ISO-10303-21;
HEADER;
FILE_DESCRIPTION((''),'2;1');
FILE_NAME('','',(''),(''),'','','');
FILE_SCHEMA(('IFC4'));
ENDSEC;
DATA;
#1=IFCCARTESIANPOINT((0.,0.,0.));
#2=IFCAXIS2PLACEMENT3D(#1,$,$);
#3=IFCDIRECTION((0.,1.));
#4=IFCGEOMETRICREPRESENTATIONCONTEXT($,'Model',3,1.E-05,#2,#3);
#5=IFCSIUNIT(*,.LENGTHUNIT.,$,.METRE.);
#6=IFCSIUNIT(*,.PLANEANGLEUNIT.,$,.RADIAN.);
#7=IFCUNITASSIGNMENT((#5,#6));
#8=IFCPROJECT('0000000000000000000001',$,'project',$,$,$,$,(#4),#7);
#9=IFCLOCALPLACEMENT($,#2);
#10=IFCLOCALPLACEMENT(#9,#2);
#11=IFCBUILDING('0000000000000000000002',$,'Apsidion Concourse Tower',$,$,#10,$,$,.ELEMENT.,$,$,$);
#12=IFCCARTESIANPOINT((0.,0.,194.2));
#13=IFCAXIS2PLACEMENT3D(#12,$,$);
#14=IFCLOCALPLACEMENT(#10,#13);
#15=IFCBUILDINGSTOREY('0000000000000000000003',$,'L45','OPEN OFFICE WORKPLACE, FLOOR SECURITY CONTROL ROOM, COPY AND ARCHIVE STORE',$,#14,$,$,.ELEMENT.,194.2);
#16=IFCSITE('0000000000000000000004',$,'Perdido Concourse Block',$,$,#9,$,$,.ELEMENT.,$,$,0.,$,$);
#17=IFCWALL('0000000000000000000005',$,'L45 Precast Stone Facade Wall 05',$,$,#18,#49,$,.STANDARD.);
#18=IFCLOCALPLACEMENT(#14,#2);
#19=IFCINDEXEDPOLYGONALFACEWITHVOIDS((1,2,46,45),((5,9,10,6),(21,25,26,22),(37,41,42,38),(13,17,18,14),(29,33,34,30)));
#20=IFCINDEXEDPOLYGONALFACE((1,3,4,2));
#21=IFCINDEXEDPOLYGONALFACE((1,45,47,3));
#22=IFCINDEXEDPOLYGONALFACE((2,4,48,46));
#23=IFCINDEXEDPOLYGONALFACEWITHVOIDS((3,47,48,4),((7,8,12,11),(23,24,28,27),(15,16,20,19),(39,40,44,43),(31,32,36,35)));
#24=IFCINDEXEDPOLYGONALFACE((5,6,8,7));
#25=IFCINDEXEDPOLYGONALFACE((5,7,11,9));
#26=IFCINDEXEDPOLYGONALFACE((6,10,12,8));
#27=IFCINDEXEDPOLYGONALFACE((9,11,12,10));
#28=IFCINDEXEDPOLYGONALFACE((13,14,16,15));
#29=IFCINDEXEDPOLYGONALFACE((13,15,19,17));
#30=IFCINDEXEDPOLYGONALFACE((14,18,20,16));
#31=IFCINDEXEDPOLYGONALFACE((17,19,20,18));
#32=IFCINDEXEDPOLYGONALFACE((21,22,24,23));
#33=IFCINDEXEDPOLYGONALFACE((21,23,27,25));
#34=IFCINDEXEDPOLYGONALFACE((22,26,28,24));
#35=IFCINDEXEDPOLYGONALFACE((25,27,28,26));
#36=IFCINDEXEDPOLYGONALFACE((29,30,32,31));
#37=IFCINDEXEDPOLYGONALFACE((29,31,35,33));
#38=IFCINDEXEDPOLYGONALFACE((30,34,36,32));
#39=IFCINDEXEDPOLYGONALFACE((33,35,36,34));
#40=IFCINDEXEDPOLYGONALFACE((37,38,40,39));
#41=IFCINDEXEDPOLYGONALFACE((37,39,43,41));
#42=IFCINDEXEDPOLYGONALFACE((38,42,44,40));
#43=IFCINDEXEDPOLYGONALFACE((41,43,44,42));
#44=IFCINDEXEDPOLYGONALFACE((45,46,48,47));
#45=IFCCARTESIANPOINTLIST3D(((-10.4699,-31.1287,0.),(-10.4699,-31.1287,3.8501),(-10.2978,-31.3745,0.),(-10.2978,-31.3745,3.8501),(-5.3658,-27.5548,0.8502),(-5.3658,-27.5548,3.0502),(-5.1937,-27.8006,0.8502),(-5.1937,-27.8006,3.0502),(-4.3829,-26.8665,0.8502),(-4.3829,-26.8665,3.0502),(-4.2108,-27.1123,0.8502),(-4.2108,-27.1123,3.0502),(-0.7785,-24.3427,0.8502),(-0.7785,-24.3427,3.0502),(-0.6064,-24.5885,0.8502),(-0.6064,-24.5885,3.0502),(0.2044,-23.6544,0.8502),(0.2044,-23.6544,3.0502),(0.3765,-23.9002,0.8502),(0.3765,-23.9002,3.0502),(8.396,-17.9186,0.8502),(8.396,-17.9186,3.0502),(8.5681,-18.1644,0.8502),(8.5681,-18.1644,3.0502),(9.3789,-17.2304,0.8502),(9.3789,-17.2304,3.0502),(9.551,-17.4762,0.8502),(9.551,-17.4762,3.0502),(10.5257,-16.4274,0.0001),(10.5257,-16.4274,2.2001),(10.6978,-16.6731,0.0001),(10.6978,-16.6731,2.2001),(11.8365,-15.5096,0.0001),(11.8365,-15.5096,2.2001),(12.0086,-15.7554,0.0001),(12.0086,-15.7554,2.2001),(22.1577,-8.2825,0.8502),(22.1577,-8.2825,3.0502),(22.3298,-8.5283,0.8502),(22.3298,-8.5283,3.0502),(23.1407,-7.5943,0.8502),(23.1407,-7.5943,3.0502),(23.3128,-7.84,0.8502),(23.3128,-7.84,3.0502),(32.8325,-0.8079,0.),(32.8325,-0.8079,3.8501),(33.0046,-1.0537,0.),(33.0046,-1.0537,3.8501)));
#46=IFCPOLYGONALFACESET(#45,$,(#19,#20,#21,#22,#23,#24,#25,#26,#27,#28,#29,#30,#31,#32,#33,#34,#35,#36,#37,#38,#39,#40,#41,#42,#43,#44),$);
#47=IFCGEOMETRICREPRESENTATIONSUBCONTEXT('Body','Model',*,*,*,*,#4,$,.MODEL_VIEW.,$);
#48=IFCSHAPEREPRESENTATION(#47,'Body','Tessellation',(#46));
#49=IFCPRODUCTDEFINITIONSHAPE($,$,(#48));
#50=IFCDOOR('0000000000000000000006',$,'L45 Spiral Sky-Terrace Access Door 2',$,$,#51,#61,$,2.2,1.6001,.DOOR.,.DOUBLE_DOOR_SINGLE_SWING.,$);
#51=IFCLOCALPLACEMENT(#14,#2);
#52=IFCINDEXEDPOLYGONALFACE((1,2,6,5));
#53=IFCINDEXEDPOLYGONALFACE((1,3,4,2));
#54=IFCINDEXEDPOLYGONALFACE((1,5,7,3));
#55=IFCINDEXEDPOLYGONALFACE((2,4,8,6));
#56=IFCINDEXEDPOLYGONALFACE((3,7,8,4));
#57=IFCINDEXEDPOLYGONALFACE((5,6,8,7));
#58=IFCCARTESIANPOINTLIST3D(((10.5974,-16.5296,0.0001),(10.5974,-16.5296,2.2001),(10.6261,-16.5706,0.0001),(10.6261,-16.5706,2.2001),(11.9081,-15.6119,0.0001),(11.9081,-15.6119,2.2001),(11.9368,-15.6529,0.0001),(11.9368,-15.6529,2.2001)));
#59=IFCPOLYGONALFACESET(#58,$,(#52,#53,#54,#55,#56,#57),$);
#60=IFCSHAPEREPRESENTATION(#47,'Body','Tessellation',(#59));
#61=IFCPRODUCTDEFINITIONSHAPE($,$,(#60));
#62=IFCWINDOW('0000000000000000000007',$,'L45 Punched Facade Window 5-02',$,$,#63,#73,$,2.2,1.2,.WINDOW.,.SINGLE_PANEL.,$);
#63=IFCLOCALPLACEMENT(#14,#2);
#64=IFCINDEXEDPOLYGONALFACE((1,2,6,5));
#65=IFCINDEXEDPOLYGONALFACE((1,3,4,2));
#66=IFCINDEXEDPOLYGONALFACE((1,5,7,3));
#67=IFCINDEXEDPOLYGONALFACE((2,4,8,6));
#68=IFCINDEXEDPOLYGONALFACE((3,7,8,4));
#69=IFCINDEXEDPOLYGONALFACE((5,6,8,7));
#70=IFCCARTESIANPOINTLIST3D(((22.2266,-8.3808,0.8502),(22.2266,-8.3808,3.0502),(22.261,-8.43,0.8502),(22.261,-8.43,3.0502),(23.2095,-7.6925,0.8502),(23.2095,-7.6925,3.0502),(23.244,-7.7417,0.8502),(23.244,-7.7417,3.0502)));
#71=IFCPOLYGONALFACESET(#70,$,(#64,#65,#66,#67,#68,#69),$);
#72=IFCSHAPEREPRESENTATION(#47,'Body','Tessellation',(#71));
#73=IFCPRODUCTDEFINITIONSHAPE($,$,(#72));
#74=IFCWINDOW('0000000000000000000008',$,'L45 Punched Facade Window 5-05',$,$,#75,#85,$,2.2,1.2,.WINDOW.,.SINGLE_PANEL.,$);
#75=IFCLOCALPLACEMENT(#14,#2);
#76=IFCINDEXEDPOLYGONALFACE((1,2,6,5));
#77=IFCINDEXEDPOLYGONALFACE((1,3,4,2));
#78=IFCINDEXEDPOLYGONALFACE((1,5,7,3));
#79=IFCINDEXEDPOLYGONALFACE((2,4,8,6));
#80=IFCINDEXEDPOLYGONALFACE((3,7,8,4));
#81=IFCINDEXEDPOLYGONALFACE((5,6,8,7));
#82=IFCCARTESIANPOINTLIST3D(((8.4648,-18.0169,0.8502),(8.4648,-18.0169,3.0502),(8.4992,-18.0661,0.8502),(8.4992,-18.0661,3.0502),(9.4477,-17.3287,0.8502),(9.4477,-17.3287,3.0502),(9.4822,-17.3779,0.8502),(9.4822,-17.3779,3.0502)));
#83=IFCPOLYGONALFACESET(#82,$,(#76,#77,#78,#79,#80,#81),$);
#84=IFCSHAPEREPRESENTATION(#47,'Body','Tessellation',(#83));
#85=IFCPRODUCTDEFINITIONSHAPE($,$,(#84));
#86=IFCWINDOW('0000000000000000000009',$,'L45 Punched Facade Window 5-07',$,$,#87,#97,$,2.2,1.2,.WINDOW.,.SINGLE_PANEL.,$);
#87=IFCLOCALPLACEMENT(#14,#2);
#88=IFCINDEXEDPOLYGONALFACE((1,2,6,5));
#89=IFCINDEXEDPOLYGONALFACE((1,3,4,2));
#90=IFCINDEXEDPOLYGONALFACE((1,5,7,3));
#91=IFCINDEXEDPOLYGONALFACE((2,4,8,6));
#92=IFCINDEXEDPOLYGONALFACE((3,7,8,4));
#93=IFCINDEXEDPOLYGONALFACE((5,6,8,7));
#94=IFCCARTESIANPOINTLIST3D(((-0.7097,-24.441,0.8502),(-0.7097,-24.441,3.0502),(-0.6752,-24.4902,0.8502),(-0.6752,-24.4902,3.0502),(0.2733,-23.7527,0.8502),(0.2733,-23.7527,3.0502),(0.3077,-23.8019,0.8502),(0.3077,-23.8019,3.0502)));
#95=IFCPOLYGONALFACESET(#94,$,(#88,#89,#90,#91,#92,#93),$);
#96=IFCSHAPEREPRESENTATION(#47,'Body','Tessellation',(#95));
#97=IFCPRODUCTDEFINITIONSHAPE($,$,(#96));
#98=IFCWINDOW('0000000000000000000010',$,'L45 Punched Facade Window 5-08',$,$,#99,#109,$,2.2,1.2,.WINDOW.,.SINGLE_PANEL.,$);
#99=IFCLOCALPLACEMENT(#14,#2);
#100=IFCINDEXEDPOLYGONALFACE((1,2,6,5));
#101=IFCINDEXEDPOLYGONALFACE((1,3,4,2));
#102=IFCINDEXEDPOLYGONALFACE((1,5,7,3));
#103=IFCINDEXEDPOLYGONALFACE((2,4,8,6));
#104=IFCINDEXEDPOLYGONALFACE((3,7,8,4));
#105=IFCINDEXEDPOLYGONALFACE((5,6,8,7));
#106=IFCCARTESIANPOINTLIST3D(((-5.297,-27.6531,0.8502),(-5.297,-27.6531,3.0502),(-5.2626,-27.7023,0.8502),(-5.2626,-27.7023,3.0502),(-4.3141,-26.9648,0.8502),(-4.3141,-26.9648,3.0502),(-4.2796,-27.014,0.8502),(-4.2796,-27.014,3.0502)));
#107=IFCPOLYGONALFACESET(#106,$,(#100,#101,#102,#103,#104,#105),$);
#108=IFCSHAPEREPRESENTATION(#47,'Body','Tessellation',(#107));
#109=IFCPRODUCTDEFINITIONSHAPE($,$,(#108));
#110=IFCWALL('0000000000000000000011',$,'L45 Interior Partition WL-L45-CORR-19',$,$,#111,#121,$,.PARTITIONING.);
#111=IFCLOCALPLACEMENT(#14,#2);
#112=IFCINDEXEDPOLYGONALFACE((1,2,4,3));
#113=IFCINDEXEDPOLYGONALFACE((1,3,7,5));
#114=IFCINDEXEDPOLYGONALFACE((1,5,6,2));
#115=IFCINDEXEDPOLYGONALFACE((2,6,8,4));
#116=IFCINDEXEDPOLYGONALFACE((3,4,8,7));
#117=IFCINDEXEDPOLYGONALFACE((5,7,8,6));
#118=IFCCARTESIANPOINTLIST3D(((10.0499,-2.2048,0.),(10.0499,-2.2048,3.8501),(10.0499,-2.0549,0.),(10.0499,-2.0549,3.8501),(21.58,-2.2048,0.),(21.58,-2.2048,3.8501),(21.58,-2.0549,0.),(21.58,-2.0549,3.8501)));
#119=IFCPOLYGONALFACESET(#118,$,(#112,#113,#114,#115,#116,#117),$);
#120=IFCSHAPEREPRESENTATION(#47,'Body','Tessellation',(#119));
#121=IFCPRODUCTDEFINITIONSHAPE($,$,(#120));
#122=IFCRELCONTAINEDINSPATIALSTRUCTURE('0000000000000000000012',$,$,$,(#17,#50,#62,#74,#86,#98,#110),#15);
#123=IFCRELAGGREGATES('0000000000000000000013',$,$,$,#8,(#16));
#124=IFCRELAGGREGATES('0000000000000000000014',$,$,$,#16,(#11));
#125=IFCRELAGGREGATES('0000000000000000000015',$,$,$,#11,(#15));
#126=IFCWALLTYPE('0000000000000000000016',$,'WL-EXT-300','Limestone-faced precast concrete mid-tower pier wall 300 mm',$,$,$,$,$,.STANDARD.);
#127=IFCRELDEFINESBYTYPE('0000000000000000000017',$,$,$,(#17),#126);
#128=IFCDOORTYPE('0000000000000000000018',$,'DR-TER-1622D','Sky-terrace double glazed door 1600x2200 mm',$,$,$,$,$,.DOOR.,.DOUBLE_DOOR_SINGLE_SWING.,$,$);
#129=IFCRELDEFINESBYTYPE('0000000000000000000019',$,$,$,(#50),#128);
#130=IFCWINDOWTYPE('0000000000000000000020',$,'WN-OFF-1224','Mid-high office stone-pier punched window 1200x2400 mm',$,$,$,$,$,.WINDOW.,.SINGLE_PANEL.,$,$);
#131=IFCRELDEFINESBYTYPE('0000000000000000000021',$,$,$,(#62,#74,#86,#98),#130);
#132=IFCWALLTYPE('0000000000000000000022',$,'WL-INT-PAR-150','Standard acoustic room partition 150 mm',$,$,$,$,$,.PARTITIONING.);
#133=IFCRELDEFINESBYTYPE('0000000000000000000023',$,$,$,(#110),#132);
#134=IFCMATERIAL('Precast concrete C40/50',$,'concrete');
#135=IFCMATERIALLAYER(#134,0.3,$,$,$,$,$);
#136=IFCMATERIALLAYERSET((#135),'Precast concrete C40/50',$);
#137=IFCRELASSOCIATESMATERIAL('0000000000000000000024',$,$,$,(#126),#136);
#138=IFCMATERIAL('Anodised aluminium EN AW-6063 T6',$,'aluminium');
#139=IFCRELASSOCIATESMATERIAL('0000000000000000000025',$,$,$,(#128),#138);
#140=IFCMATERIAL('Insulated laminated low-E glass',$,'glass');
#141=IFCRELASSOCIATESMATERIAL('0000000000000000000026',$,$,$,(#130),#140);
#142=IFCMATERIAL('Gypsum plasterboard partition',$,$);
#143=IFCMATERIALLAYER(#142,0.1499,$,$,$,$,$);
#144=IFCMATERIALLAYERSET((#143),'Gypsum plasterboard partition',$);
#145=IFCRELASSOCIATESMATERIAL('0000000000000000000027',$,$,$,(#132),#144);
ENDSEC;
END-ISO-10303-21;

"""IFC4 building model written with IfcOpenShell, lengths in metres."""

from ifc_helpers import new_model, si_unit, direction, frame, frame_2d, origin, place, context, subcontext, project, spatial, rectangle, extrude, material, layer, layer_set, type_object, element, fill, save


model = new_model("IFC4")

# Units and contexts
model_context = context("Model", 3, precision=1e-05, world=origin(), true_north=direction((0.0, 1.0)))
body_context = subcontext(model_context, "Body", "Model", "MODEL_VIEW")
ifc_project = project(units=[si_unit("LENGTHUNIT", "METRE"), si_unit("PLANEANGLEUNIT", "RADIAN")], contexts=[model_context])

# Site, building, storey
site_placement = place(None, origin())
site = spatial("IfcSite", under=ifc_project, at=site_placement, Name="Perdido Concourse Block", CompositionType="ELEMENT", RefElevation=0.0)
building_placement = place(site_placement, origin())
building = spatial("IfcBuilding", under=site, at=building_placement, Name="Apsidion Concourse Tower", CompositionType="ELEMENT")
storey_placement = place(building_placement, frame((0.0, 0.0, 194.2)))
storey = spatial("IfcBuildingStorey", under=building, at=storey_placement, Name="L45", Description="OPEN OFFICE WORKPLACE, FLOOR SECURITY CONTROL ROOM, COPY AND ARCHIVE STORE", CompositionType="ELEMENT", Elevation=194.2)

# Wall, openings, door, windows
ifc_material_1 = material(Name="Precast concrete C40/50", Category="concrete")
ifc_layer_1 = layer(ifc_material_1, 0.3)
ifc_layer_set_1 = layer_set([ifc_layer_1], Name="Precast concrete C40/50")
wall_type_1 = type_object("IfcWallType", Name="WL-EXT-300", Description="Limestone-faced precast concrete mid-tower pier wall 300 mm", PredefinedType="STANDARD", material=ifc_layer_set_1)
wall_1_placement = place(storey_placement, frame((32.9185, -0.9309, 0.0), z_axis=(0.0, 0.0, 1.0), x_axis=(-0.819151, -0.573577, 0.0)))
wall_1 = element("IfcWall", 1, at=wall_1_placement, inside=storey, type_object=wall_type_1, Name="L45 Precast Stone Facade Wall 05", PredefinedType="STANDARD", context=body_context, shape_type="SweptSolid", body=[
    extrude(rectangle(XDim=52.8625, YDim=0.3, at=frame_2d((26.4312, 0.0))), origin(), (0.0, 0.0, 1.0), 3.8501),
])
opening_1_placement = place(wall_1_placement, frame((25.6313, 0.0, 0.0)))
opening_1 = element("IfcOpeningElement", 2, at=opening_1_placement, cuts=wall_1, PredefinedType="OPENING", context=body_context, shape_type="SweptSolid", body=[
    extrude(rectangle(XDim=1.6001, YDim=2.2, at=frame_2d((0.8, 1.1001))), frame((0.0, 0.1602, 0.0), z_axis=(0.0, -1.0, 0.0), x_axis=(1.0, 0.0, 0.0)), (0.0, 0.0, 1.0), 0.3201),
])
opening_2_placement = place(wall_1_placement, frame((11.8313, 0.0, 0.8501)))
opening_2 = element("IfcOpeningElement", 3, at=opening_2_placement, cuts=wall_1, PredefinedType="OPENING", context=body_context, shape_type="SweptSolid", body=[
    extrude(rectangle(XDim=1.2, YDim=2.2, at=frame_2d((0.6001, 1.1001))), frame((0.0, 0.1602, 0.0), z_axis=(0.0, -1.0, 0.0), x_axis=(1.0, 0.0, 0.0)), (0.0, 0.0, 1.0), 0.3201),
])
opening_3_placement = place(wall_1_placement, frame((28.6313, 0.0, 0.8501)))
opening_3 = element("IfcOpeningElement", 4, at=opening_3_placement, cuts=wall_1, PredefinedType="OPENING", context=body_context, shape_type="SweptSolid", body=[
    extrude(rectangle(XDim=1.2, YDim=2.2, at=frame_2d((0.6001, 1.1001))), frame((0.0, 0.1602, 0.0), z_axis=(0.0, -1.0, 0.0), x_axis=(1.0, 0.0, 0.0)), (0.0, 0.0, 1.0), 0.3201),
])
opening_4_placement = place(wall_1_placement, frame((39.8313, 0.0, 0.8501)))
opening_4 = element("IfcOpeningElement", 5, at=opening_4_placement, cuts=wall_1, PredefinedType="OPENING", context=body_context, shape_type="SweptSolid", body=[
    extrude(rectangle(XDim=1.2, YDim=2.2, at=frame_2d((0.6001, 1.1001))), frame((0.0, 0.1602, 0.0), z_axis=(0.0, -1.0, 0.0), x_axis=(1.0, 0.0, 0.0)), (0.0, 0.0, 1.0), 0.3201),
])
opening_5_placement = place(wall_1_placement, frame((45.4314, 0.0, 0.8501)))
opening_5 = element("IfcOpeningElement", 6, at=opening_5_placement, cuts=wall_1, PredefinedType="OPENING", context=body_context, shape_type="SweptSolid", body=[
    extrude(rectangle(XDim=1.2, YDim=2.2, at=frame_2d((0.6001, 1.1001))), frame((0.0, 0.1602, 0.0), z_axis=(0.0, -1.0, 0.0), x_axis=(1.0, 0.0, 0.0)), (0.0, 0.0, 1.0), 0.3201),
])
ifc_material_2 = material(Name="Anodised aluminium EN AW-6063 T6", Category="aluminium")
door_type = type_object("IfcDoorType", Name="DR-TER-1622D", Description="Sky-terrace double glazed door 1600x2200 mm", OperationType="DOUBLE_DOOR_SINGLE_SWING", PredefinedType="DOOR", material=ifc_material_2)
door_placement = place(opening_1_placement, origin())
door = element("IfcDoor", 7, at=door_placement, inside=storey, type_object=door_type, Name="L45 Spiral Sky-Terrace Access Door 2", OperationType="DOUBLE_DOOR_SINGLE_SWING", OverallHeight=2.2, OverallWidth=1.6001, PredefinedType="DOOR", context=body_context, shape_type="SweptSolid", body=[
    extrude(rectangle(XDim=1.6001, YDim=2.2, at=frame_2d((0.8, 1.1001))), frame((0.0, 0.0249, 0.0), z_axis=(0.0, -1.0, 0.0), x_axis=(1.0, 0.0, 0.0)), (0.0, 0.0, 1.0), 0.05),
])
fill(opening_1, door)
ifc_material_3 = material(Name="Insulated laminated low-E glass", Category="glass")
window_type = type_object("IfcWindowType", Name="WN-OFF-1224", Description="Mid-high office stone-pier punched window 1200x2400 mm", PartitioningType="SINGLE_PANEL", PredefinedType="WINDOW", material=ifc_material_3)
window_1_placement = place(opening_2_placement, origin())
window_1 = element("IfcWindow", 8, at=window_1_placement, inside=storey, type_object=window_type, Name="L45 Punched Facade Window 5-02", OverallHeight=2.2, OverallWidth=1.2, PartitioningType="SINGLE_PANEL", PredefinedType="WINDOW", context=body_context, shape_type="SweptSolid", body=[
    extrude(rectangle(XDim=1.2, YDim=2.2, at=frame_2d((0.6001, 1.1001))), frame((0.0, 0.03, 0.0), z_axis=(0.0, -1.0, 0.0), x_axis=(1.0, 0.0, 0.0)), (0.0, 0.0, 1.0), 0.0601),
])
fill(opening_2, window_1)
window_2_placement = place(opening_3_placement, origin())
window_2 = element("IfcWindow", 9, at=window_2_placement, inside=storey, type_object=window_type, Name="L45 Punched Facade Window 5-05", OverallHeight=2.2, OverallWidth=1.2, PartitioningType="SINGLE_PANEL", PredefinedType="WINDOW", context=body_context, shape_type="SweptSolid", body=[
    extrude(rectangle(XDim=1.2, YDim=2.2, at=frame_2d((0.6001, 1.1001))), frame((0.0, 0.03, 0.0), z_axis=(0.0, -1.0, 0.0), x_axis=(1.0, 0.0, 0.0)), (0.0, 0.0, 1.0), 0.0601),
])
fill(opening_3, window_2)
window_3_placement = place(opening_4_placement, origin())
window_3 = element("IfcWindow", 10, at=window_3_placement, inside=storey, type_object=window_type, Name="L45 Punched Facade Window 5-07", OverallHeight=2.2, OverallWidth=1.2, PartitioningType="SINGLE_PANEL", PredefinedType="WINDOW", context=body_context, shape_type="SweptSolid", body=[
    extrude(rectangle(XDim=1.2, YDim=2.2, at=frame_2d((0.6001, 1.1001))), frame((0.0, 0.03, 0.0), z_axis=(0.0, -1.0, 0.0), x_axis=(1.0, 0.0, 0.0)), (0.0, 0.0, 1.0), 0.0601),
])
fill(opening_4, window_3)
window_4_placement = place(opening_5_placement, origin())
window_4 = element("IfcWindow", 11, at=window_4_placement, inside=storey, type_object=window_type, Name="L45 Punched Facade Window 5-08", OverallHeight=2.2, OverallWidth=1.2, PartitioningType="SINGLE_PANEL", PredefinedType="WINDOW", context=body_context, shape_type="SweptSolid", body=[
    extrude(rectangle(XDim=1.2, YDim=2.2, at=frame_2d((0.6001, 1.1001))), frame((0.0, 0.03, 0.0), z_axis=(0.0, -1.0, 0.0), x_axis=(1.0, 0.0, 0.0)), (0.0, 0.0, 1.0), 0.0601),
])
fill(opening_5, window_4)

# Wall
ifc_material_4 = material(Name="Gypsum plasterboard partition")
ifc_layer_2 = layer(ifc_material_4, 0.1499)
ifc_layer_set_2 = layer_set([ifc_layer_2], Name="Gypsum plasterboard partition")
wall_type_2 = type_object("IfcWallType", Name="WL-INT-PAR-150", Description="Standard acoustic room partition 150 mm", PredefinedType="PARTITIONING", material=ifc_layer_set_2)
wall_2_placement = place(storey_placement, frame((21.5801, -2.1299, 0.0), z_axis=(0.0, 0.0, 1.0), x_axis=(-1.0, 0.0, 0.0)))
element("IfcWall", 12, at=wall_2_placement, inside=storey, type_object=wall_type_2, Name="L45 Interior Partition WL-L45-CORR-19", PredefinedType="PARTITIONING", context=body_context, shape_type="SweptSolid", body=[
    extrude(rectangle(XDim=11.53, YDim=0.1499, at=frame_2d((5.7651, 0.0))), origin(), (0.0, 0.0, 1.0), 3.8501),
])

save(model, "model.ifc")
